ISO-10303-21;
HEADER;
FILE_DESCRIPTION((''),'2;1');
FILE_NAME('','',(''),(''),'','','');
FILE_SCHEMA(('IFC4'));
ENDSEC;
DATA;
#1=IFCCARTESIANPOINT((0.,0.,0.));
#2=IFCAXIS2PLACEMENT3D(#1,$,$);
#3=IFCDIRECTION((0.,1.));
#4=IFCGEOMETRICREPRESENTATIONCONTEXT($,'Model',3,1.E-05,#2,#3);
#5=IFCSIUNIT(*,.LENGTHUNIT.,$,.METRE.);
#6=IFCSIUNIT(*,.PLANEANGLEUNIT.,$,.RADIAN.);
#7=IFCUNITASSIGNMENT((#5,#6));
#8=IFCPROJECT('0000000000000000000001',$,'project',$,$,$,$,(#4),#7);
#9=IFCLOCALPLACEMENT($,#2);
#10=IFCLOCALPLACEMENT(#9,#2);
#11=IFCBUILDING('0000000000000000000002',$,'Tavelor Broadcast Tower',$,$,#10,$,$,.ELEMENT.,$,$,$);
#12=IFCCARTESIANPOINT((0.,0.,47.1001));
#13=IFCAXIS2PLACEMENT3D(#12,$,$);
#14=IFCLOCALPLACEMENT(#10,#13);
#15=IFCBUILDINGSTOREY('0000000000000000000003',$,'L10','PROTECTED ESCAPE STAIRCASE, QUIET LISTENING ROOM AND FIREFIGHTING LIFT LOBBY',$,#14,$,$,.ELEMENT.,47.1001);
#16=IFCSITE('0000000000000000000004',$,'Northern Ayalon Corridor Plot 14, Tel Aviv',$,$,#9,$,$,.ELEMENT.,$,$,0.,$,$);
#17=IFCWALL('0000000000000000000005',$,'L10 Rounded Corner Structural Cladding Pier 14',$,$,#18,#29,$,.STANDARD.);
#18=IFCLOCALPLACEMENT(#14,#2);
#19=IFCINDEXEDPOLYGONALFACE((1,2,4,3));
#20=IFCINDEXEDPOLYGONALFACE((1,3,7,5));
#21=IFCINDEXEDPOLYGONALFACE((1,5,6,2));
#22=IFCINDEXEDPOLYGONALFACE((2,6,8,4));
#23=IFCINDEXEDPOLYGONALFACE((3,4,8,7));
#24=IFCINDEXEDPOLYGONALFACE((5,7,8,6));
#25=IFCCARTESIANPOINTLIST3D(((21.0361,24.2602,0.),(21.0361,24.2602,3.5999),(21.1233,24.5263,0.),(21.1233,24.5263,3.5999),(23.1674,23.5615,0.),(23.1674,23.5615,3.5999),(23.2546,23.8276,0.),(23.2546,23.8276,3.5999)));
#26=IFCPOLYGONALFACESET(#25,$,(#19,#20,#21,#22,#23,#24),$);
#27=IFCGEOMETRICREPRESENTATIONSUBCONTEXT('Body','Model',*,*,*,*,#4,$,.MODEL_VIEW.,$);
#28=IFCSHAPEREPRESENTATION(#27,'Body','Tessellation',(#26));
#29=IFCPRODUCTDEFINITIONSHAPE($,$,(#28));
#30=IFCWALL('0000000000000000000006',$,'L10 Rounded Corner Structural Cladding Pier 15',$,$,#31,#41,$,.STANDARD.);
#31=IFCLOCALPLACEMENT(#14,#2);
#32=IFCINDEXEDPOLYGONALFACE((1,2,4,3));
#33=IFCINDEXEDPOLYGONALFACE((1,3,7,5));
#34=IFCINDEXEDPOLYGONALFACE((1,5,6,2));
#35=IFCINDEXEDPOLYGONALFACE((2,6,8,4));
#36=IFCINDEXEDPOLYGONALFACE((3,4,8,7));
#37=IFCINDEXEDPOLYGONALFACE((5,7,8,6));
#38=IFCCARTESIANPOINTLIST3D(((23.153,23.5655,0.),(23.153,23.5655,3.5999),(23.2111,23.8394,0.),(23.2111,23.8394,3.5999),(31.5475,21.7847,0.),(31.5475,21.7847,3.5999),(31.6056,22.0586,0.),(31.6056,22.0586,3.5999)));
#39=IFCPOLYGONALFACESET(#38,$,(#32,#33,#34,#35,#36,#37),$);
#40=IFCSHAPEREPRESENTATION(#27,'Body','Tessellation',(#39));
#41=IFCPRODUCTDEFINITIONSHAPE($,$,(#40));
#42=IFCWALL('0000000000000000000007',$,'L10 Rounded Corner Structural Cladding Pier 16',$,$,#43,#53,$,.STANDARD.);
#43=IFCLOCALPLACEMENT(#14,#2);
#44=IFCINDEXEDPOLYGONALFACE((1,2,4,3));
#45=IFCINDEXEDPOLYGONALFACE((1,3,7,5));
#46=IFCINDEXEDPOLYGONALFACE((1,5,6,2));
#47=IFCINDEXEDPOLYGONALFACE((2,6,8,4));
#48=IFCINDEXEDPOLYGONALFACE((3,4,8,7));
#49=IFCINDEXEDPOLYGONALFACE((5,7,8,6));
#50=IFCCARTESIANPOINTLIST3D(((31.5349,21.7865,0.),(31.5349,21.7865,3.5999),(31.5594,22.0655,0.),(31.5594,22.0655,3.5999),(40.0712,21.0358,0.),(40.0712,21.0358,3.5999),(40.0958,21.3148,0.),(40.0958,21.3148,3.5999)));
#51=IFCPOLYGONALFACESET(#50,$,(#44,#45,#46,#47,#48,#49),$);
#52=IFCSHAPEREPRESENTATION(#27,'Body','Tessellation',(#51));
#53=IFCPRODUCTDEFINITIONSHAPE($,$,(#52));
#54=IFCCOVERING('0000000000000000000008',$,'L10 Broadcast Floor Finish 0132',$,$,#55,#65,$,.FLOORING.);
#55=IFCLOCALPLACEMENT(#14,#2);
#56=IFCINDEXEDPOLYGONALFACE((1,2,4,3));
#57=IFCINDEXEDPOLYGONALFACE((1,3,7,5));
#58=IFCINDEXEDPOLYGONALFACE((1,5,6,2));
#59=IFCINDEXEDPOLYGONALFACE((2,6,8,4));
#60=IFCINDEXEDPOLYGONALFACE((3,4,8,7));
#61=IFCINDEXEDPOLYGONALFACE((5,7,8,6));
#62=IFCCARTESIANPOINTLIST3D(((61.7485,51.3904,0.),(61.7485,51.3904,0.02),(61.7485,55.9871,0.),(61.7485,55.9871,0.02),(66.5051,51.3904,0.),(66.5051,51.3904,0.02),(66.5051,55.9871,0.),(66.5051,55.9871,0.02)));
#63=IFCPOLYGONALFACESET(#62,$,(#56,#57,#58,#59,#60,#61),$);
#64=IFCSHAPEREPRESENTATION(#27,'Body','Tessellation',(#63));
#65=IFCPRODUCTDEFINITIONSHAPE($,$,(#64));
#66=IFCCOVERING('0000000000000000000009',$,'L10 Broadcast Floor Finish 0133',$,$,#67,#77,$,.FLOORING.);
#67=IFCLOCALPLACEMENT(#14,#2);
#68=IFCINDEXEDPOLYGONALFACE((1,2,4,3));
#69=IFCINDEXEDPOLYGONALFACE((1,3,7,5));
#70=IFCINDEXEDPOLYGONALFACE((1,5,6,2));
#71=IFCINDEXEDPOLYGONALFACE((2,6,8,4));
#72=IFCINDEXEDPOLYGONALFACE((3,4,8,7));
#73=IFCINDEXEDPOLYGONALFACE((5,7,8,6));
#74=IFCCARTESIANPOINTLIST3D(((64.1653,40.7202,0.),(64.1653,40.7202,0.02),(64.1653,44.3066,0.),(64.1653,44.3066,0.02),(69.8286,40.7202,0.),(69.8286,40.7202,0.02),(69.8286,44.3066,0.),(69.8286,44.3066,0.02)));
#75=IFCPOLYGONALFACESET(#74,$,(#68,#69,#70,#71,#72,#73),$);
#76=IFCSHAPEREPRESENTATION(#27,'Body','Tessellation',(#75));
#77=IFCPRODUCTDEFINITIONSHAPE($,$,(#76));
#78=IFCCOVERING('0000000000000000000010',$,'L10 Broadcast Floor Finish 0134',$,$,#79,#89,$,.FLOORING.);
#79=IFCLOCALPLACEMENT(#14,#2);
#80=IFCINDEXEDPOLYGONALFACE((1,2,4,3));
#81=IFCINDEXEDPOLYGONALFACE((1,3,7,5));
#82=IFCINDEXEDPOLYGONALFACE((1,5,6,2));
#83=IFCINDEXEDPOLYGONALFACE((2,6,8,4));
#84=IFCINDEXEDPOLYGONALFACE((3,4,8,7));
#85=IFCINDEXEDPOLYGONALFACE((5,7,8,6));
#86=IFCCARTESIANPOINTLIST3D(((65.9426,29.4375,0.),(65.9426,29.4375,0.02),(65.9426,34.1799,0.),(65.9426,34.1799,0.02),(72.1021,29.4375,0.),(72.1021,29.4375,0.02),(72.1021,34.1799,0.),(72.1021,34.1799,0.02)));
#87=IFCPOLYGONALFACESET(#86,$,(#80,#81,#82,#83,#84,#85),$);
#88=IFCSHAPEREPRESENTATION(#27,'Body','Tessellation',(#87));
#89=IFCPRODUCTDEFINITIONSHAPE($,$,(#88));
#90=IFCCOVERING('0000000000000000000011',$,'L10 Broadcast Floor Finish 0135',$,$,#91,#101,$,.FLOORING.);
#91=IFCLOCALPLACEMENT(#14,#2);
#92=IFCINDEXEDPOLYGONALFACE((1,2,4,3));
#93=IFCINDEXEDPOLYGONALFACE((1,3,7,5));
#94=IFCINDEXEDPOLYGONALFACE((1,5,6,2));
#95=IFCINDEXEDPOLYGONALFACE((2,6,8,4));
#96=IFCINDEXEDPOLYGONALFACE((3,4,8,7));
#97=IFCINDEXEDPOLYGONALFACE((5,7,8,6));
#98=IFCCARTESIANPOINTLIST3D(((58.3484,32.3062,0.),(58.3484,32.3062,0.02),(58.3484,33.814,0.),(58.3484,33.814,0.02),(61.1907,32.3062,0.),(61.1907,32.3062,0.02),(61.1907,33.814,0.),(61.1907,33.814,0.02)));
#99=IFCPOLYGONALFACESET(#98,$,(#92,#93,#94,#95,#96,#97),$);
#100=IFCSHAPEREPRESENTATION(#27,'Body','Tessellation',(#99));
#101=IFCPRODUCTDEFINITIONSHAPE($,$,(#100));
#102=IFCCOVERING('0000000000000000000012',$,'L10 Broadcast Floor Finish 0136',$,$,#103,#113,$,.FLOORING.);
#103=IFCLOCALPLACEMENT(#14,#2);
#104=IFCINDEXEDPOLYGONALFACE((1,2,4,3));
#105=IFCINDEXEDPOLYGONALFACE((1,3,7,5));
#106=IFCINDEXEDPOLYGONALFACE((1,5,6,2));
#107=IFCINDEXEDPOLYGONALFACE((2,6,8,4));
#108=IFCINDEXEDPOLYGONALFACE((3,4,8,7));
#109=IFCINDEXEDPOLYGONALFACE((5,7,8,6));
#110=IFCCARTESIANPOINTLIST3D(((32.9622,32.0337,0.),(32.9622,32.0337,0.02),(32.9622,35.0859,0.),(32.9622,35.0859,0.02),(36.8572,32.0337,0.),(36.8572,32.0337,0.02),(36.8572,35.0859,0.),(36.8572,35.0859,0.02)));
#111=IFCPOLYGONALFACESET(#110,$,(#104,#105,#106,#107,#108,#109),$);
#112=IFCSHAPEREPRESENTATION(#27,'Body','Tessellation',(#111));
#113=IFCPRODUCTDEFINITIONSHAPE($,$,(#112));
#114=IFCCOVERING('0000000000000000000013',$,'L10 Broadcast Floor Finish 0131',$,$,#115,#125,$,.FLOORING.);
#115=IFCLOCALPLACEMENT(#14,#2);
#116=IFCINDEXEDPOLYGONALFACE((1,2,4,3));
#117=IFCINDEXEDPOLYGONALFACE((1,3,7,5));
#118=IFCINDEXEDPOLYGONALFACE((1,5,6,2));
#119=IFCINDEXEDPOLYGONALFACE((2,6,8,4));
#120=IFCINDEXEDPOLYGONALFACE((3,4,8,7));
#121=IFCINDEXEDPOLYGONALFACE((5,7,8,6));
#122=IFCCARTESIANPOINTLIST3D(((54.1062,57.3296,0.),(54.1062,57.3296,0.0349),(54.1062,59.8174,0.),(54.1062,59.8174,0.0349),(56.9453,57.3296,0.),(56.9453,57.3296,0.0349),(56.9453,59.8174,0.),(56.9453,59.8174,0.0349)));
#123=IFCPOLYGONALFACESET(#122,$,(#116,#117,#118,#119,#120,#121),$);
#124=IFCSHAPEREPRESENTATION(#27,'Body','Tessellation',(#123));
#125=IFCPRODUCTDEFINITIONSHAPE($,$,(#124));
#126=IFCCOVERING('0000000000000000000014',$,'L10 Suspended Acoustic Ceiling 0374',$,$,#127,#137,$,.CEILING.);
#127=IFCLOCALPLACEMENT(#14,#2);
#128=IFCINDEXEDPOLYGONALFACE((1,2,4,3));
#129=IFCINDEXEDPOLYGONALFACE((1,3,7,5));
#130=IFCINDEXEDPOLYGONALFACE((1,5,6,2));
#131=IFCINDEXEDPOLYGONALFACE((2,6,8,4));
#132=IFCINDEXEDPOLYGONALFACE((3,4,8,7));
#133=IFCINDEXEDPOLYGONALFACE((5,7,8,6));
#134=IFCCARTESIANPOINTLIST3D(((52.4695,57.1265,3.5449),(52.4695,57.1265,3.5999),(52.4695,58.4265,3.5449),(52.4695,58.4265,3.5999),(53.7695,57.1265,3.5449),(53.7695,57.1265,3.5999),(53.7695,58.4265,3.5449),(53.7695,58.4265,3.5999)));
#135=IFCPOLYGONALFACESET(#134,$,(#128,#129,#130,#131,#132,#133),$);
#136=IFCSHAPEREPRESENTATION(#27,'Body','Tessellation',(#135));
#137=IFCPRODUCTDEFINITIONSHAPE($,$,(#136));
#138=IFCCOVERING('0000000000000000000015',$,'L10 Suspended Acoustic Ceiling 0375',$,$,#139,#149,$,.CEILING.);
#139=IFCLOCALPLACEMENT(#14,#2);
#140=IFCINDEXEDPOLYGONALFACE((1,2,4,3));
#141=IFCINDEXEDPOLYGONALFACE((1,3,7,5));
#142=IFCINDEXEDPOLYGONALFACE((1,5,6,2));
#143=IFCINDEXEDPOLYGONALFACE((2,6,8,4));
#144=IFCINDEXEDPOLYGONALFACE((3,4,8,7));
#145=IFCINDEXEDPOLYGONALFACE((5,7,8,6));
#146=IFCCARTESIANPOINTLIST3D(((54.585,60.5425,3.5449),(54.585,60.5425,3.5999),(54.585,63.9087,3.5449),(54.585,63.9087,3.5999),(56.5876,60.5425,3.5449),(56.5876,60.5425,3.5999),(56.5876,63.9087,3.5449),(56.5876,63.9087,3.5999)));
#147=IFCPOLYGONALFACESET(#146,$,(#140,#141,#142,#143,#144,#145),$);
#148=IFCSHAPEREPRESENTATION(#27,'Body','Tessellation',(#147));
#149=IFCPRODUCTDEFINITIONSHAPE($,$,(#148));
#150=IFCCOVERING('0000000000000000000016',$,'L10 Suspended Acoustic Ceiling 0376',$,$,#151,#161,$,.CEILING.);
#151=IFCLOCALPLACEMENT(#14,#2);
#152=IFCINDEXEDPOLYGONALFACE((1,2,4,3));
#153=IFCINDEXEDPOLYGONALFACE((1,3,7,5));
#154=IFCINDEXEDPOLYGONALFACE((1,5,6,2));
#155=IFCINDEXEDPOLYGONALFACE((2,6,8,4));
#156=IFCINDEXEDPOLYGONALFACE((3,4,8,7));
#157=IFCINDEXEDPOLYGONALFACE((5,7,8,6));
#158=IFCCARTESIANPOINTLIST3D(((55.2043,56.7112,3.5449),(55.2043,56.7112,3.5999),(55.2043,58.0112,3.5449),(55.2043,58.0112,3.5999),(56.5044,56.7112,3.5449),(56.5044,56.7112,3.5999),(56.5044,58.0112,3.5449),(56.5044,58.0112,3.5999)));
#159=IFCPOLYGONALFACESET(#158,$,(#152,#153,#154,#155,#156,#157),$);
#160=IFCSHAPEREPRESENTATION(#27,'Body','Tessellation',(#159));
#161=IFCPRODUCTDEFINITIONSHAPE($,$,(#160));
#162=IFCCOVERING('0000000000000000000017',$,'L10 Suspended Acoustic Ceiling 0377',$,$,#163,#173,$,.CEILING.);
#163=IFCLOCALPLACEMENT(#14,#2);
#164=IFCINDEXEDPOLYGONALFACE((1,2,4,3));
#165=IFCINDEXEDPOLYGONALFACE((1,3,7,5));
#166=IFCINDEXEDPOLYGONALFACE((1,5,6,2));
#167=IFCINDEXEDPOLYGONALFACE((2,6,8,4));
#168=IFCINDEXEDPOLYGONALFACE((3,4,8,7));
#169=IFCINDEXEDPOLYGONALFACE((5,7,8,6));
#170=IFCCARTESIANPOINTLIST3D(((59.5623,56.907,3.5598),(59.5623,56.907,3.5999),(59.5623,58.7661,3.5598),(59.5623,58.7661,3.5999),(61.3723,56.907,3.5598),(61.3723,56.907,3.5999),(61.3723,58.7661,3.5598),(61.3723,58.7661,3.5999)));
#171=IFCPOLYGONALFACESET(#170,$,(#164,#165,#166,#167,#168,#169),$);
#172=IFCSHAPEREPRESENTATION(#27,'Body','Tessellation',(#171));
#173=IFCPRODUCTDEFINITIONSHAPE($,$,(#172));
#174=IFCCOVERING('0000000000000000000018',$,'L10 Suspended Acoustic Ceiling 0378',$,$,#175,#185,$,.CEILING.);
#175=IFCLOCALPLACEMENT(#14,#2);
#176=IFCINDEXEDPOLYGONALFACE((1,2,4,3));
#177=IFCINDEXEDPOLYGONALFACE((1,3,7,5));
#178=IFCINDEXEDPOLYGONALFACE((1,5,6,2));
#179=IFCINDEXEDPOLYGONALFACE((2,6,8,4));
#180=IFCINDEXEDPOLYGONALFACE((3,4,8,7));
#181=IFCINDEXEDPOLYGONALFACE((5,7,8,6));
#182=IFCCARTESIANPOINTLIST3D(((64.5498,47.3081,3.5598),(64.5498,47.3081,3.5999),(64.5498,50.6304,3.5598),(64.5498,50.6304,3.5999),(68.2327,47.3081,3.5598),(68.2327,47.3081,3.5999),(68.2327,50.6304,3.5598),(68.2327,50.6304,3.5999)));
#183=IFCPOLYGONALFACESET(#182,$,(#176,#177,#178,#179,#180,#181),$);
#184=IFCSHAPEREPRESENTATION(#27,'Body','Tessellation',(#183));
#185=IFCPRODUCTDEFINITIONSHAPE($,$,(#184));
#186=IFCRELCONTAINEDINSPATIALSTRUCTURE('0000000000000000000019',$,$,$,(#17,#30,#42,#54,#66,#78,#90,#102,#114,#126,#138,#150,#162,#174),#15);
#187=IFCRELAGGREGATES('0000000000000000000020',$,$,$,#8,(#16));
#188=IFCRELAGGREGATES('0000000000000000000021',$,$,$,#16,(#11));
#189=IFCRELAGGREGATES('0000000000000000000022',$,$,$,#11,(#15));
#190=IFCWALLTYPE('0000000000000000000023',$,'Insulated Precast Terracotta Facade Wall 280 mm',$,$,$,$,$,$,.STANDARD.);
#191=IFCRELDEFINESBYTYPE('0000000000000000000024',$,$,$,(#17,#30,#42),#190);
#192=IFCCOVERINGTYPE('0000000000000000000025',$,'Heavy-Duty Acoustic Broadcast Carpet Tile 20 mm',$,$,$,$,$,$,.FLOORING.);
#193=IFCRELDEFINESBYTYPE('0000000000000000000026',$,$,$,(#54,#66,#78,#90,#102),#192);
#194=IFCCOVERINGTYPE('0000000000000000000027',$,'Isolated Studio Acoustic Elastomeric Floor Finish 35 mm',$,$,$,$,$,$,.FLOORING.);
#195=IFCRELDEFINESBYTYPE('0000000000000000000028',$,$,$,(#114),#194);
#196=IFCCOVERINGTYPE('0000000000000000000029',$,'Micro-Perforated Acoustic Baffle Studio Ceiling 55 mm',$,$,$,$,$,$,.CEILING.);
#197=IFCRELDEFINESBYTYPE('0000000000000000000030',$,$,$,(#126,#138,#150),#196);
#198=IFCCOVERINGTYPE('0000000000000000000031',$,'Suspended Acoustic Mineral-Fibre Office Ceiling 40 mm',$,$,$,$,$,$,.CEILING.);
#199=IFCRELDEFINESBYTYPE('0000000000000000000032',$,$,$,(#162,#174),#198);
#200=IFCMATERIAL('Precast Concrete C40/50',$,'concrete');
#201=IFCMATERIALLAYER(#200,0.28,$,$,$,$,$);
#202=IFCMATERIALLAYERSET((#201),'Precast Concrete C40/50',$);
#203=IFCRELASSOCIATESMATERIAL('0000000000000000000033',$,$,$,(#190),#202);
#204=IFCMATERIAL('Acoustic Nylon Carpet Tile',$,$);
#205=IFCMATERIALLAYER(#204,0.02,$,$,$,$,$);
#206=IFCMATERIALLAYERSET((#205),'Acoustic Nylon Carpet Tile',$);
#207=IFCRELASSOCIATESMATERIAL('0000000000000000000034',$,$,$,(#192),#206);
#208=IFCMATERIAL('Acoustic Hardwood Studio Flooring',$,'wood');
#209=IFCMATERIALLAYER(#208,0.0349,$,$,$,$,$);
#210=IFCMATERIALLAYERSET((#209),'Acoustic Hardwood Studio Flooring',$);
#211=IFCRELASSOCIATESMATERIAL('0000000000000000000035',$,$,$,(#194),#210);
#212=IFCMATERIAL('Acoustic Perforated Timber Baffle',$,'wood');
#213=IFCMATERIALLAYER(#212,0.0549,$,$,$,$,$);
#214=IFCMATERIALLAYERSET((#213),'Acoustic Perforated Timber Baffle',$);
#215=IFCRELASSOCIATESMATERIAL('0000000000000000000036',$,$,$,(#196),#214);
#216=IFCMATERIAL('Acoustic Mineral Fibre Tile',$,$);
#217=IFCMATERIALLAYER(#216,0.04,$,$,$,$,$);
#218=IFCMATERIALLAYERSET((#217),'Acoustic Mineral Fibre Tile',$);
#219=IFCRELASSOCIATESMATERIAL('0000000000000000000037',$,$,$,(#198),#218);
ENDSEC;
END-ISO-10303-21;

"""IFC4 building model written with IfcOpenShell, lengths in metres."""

from ifc_helpers import new_model, si_unit, direction, frame, frame_2d, origin, place, context, subcontext, project, spatial, polyline, rectangle, outline, extrude, material, layer, layer_set, type_object, element, save


model = new_model("IFC4")

# Units and contexts
model_context = context("Model", 3, precision=1e-05, world=origin(), true_north=direction((0.0, 1.0)))
body_context = subcontext(model_context, "Body", "Model", "MODEL_VIEW")
ifc_project = project(units=[si_unit("LENGTHUNIT", "METRE"), si_unit("PLANEANGLEUNIT", "RADIAN")], contexts=[model_context])

# Site, building, storey
site_placement = place(None, origin())
site = spatial("IfcSite", under=ifc_project, at=site_placement, Name="Northern Ayalon Corridor Plot 14, Tel Aviv", CompositionType="ELEMENT", RefElevation=0.0)
building_placement = place(site_placement, origin())
building = spatial("IfcBuilding", under=site, at=building_placement, Name="Tavelor Broadcast Tower", CompositionType="ELEMENT")
storey_placement = place(building_placement, frame((0.0, 0.0, 47.1001)))
storey = spatial("IfcBuildingStorey", under=building, at=storey_placement, Name="L10", Description="PROTECTED ESCAPE STAIRCASE, QUIET LISTENING ROOM AND FIREFIGHTING LIFT LOBBY", CompositionType="ELEMENT", Elevation=47.1001)

# Walls
ifc_material_1 = material(Name="Precast Concrete C40/50", Category="concrete")
ifc_layer_1 = layer(ifc_material_1, 0.28)
ifc_layer_set_1 = layer_set([ifc_layer_1], Name="Precast Concrete C40/50")
wall_type = type_object("IfcWallType", Name="Insulated Precast Terracotta Facade Wall 280 mm", PredefinedType="STANDARD", material=ifc_layer_set_1)
wall_1_placement = place(storey_placement, frame((21.0796, 24.3933, 0.0), z_axis=(0.0, 0.0, 1.0), x_axis=(0.950239, -0.311522, 0.0)))
element("IfcWall", 1, at=wall_1_placement, inside=storey, type_object=wall_type, Name="L10 Rounded Corner Structural Cladding Pier 14", PredefinedType="STANDARD", context=body_context, shape_type="SweptSolid", body=[
    extrude(rectangle(XDim=2.2429, YDim=0.28, at=frame_2d((1.1216, 0.0))), origin(), (0.0, 0.0, 1.0), 3.5999),
])
wall_2_placement = place(storey_placement, frame((23.1821, 23.7024, 0.0), z_axis=(0.0, 0.0, 1.0), x_axis=(0.978232, -0.207516, 0.0)))
element("IfcWall", 2, at=wall_2_placement, inside=storey, type_object=wall_type, Name="L10 Rounded Corner Structural Cladding Pier 15", PredefinedType="STANDARD", context=body_context, shape_type="SweptSolid", body=[
    extrude(rectangle(XDim=8.5813, YDim=0.28, at=frame_2d((4.2905, 0.0))), origin(), (0.0, 0.0, 1.0), 3.5999),
])
wall_3_placement = place(storey_placement, frame((31.5471, 21.926, 0.0), z_axis=(0.0, 0.0, 1.0), x_axis=(0.996155, -0.087607, 0.0)))
element("IfcWall", 3, at=wall_3_placement, inside=storey, type_object=wall_type, Name="L10 Rounded Corner Structural Cladding Pier 16", PredefinedType="STANDARD", context=body_context, shape_type="SweptSolid", body=[
    extrude(rectangle(XDim=8.5693, YDim=0.28, at=frame_2d((4.2847, 0.0))), origin(), (0.0, 0.0, 1.0), 3.5999),
])

# Coverings
ifc_material_2 = material(Name="Acoustic Nylon Carpet Tile")
ifc_layer_2 = layer(ifc_material_2, 0.02)
ifc_layer_set_2 = layer_set([ifc_layer_2], Name="Acoustic Nylon Carpet Tile")
covering_type_1 = type_object("IfcCoveringType", Name="Heavy-Duty Acoustic Broadcast Carpet Tile 20 mm", PredefinedType="FLOORING", material=ifc_layer_set_2)
covering_1_placement = place(storey_placement, origin())
element("IfcCovering", 4, at=covering_1_placement, inside=storey, type_object=covering_type_1, Name="L10 Broadcast Floor Finish 0132", PredefinedType="FLOORING", context=body_context, shape_type="SweptSolid", body=[
    extrude(outline(polyline([(61.7485, 51.3904), (66.5051, 51.3904), (66.5051, 55.9871), (61.7485, 55.9871), (61.7485, 51.3904)])), origin(), (0.0, 0.0, 1.0), 0.02),
])
covering_2_placement = place(storey_placement, origin())
element("IfcCovering", 5, at=covering_2_placement, inside=storey, type_object=covering_type_1, Name="L10 Broadcast Floor Finish 0133", PredefinedType="FLOORING", context=body_context, shape_type="SweptSolid", body=[
    extrude(outline(polyline([(64.1653, 40.7202), (69.8286, 40.7202), (69.8286, 44.3066), (64.1653, 44.3066), (64.1653, 40.7202)])), origin(), (0.0, 0.0, 1.0), 0.02),
])
covering_3_placement = place(storey_placement, origin())
element("IfcCovering", 6, at=covering_3_placement, inside=storey, type_object=covering_type_1, Name="L10 Broadcast Floor Finish 0134", PredefinedType="FLOORING", context=body_context, shape_type="SweptSolid", body=[
    extrude(outline(polyline([(65.9426, 29.4375), (72.1021, 29.4375), (72.1021, 34.1799), (65.9426, 34.1799), (65.9426, 29.4375)])), origin(), (0.0, 0.0, 1.0), 0.02),
])
covering_4_placement = place(storey_placement, origin())
element("IfcCovering", 7, at=covering_4_placement, inside=storey, type_object=covering_type_1, Name="L10 Broadcast Floor Finish 0135", PredefinedType="FLOORING", context=body_context, shape_type="SweptSolid", body=[
    extrude(outline(polyline([(58.3484, 32.3062), (61.1907, 32.3062), (61.1907, 33.814), (58.3484, 33.814), (58.3484, 32.3062)])), origin(), (0.0, 0.0, 1.0), 0.02),
])
covering_5_placement = place(storey_placement, origin())
element("IfcCovering", 8, at=covering_5_placement, inside=storey, type_object=covering_type_1, Name="L10 Broadcast Floor Finish 0136", PredefinedType="FLOORING", context=body_context, shape_type="SweptSolid", body=[
    extrude(outline(polyline([(32.9622, 32.0337), (36.8572, 32.0337), (36.8572, 35.0859), (32.9622, 35.0859), (32.9622, 32.0337)])), origin(), (0.0, 0.0, 1.0), 0.02),
])
ifc_material_3 = material(Name="Acoustic Hardwood Studio Flooring", Category="wood")
ifc_layer_3 = layer(ifc_material_3, 0.0349)
ifc_layer_set_3 = layer_set([ifc_layer_3], Name="Acoustic Hardwood Studio Flooring")
covering_type_2 = type_object("IfcCoveringType", Name="Isolated Studio Acoustic Elastomeric Floor Finish 35 mm", PredefinedType="FLOORING", material=ifc_layer_set_3)
covering_6_placement = place(storey_placement, origin())
element("IfcCovering", 9, at=covering_6_placement, inside=storey, type_object=covering_type_2, Name="L10 Broadcast Floor Finish 0131", PredefinedType="FLOORING", context=body_context, shape_type="SweptSolid", body=[
    extrude(outline(polyline([(54.1062, 57.3296), (56.9453, 57.3296), (56.9453, 59.8174), (54.1062, 59.8174), (54.1062, 57.3296)])), origin(), (0.0, 0.0, 1.0), 0.0349),
])
ifc_material_4 = material(Name="Acoustic Perforated Timber Baffle", Category="wood")
ifc_layer_4 = layer(ifc_material_4, 0.0549)
ifc_layer_set_4 = layer_set([ifc_layer_4], Name="Acoustic Perforated Timber Baffle")
covering_type_3 = type_object("IfcCoveringType", Name="Micro-Perforated Acoustic Baffle Studio Ceiling 55 mm", PredefinedType="CEILING", material=ifc_layer_set_4)
covering_7_placement = place(storey_placement, frame((0.0, 0.0, 3.5449)))
element("IfcCovering", 10, at=covering_7_placement, inside=storey, type_object=covering_type_3, Name="L10 Suspended Acoustic Ceiling 0374", PredefinedType="CEILING", context=body_context, shape_type="SweptSolid", body=[
    extrude(outline(polyline([(52.4695, 57.1265), (53.7695, 57.1265), (53.7695, 58.4265), (52.4695, 58.4265), (52.4695, 57.1265)])), origin(), (0.0, 0.0, 1.0), 0.0549),
])
covering_8_placement = place(storey_placement, frame((0.0, 0.0, 3.5449)))
element("IfcCovering", 11, at=covering_8_placement, inside=storey, type_object=covering_type_3, Name="L10 Suspended Acoustic Ceiling 0375", PredefinedType="CEILING", context=body_context, shape_type="SweptSolid", body=[
    extrude(outline(polyline([(54.585, 60.5425), (56.5876, 60.5425), (56.5876, 63.9087), (54.585, 63.9087), (54.585, 60.5425)])), origin(), (0.0, 0.0, 1.0), 0.0549),
])
covering_9_placement = place(storey_placement, frame((0.0, 0.0, 3.5449)))
element("IfcCovering", 12, at=covering_9_placement, inside=storey, type_object=covering_type_3, Name="L10 Suspended Acoustic Ceiling 0376", PredefinedType="CEILING", context=body_context, shape_type="SweptSolid", body=[
    extrude(outline(polyline([(55.2043, 56.7112), (56.5044, 56.7112), (56.5044, 58.0112), (55.2043, 58.0112), (55.2043, 56.7112)])), origin(), (0.0, 0.0, 1.0), 0.0549),
])
ifc_material_5 = material(Name="Acoustic Mineral Fibre Tile")
ifc_layer_5 = layer(ifc_material_5, 0.04)
ifc_layer_set_5 = layer_set([ifc_layer_5], Name="Acoustic Mineral Fibre Tile")
covering_type_4 = type_object("IfcCoveringType", Name="Suspended Acoustic Mineral-Fibre Office Ceiling 40 mm", PredefinedType="CEILING", material=ifc_layer_set_5)
covering_10_placement = place(storey_placement, frame((0.0, 0.0, 3.5598)))
element("IfcCovering", 13, at=covering_10_placement, inside=storey, type_object=covering_type_4, Name="L10 Suspended Acoustic Ceiling 0377", PredefinedType="CEILING", context=body_context, shape_type="SweptSolid", body=[
    extrude(outline(polyline([(59.5623, 56.907), (61.3723, 56.907), (61.3723, 58.7661), (59.5623, 58.7661), (59.5623, 56.907)])), origin(), (0.0, 0.0, 1.0), 0.04),
])
covering_11_placement = place(storey_placement, frame((0.0, 0.0, 3.5598)))
element("IfcCovering", 14, at=covering_11_placement, inside=storey, type_object=covering_type_4, Name="L10 Suspended Acoustic Ceiling 0378", PredefinedType="CEILING", context=body_context, shape_type="SweptSolid", body=[
    extrude(outline(polyline([(64.5498, 47.3081), (68.2327, 47.3081), (68.2327, 50.6304), (64.5498, 50.6304), (64.5498, 47.3081)])), origin(), (0.0, 0.0, 1.0), 0.04),
])

save(model, "model.ifc")
